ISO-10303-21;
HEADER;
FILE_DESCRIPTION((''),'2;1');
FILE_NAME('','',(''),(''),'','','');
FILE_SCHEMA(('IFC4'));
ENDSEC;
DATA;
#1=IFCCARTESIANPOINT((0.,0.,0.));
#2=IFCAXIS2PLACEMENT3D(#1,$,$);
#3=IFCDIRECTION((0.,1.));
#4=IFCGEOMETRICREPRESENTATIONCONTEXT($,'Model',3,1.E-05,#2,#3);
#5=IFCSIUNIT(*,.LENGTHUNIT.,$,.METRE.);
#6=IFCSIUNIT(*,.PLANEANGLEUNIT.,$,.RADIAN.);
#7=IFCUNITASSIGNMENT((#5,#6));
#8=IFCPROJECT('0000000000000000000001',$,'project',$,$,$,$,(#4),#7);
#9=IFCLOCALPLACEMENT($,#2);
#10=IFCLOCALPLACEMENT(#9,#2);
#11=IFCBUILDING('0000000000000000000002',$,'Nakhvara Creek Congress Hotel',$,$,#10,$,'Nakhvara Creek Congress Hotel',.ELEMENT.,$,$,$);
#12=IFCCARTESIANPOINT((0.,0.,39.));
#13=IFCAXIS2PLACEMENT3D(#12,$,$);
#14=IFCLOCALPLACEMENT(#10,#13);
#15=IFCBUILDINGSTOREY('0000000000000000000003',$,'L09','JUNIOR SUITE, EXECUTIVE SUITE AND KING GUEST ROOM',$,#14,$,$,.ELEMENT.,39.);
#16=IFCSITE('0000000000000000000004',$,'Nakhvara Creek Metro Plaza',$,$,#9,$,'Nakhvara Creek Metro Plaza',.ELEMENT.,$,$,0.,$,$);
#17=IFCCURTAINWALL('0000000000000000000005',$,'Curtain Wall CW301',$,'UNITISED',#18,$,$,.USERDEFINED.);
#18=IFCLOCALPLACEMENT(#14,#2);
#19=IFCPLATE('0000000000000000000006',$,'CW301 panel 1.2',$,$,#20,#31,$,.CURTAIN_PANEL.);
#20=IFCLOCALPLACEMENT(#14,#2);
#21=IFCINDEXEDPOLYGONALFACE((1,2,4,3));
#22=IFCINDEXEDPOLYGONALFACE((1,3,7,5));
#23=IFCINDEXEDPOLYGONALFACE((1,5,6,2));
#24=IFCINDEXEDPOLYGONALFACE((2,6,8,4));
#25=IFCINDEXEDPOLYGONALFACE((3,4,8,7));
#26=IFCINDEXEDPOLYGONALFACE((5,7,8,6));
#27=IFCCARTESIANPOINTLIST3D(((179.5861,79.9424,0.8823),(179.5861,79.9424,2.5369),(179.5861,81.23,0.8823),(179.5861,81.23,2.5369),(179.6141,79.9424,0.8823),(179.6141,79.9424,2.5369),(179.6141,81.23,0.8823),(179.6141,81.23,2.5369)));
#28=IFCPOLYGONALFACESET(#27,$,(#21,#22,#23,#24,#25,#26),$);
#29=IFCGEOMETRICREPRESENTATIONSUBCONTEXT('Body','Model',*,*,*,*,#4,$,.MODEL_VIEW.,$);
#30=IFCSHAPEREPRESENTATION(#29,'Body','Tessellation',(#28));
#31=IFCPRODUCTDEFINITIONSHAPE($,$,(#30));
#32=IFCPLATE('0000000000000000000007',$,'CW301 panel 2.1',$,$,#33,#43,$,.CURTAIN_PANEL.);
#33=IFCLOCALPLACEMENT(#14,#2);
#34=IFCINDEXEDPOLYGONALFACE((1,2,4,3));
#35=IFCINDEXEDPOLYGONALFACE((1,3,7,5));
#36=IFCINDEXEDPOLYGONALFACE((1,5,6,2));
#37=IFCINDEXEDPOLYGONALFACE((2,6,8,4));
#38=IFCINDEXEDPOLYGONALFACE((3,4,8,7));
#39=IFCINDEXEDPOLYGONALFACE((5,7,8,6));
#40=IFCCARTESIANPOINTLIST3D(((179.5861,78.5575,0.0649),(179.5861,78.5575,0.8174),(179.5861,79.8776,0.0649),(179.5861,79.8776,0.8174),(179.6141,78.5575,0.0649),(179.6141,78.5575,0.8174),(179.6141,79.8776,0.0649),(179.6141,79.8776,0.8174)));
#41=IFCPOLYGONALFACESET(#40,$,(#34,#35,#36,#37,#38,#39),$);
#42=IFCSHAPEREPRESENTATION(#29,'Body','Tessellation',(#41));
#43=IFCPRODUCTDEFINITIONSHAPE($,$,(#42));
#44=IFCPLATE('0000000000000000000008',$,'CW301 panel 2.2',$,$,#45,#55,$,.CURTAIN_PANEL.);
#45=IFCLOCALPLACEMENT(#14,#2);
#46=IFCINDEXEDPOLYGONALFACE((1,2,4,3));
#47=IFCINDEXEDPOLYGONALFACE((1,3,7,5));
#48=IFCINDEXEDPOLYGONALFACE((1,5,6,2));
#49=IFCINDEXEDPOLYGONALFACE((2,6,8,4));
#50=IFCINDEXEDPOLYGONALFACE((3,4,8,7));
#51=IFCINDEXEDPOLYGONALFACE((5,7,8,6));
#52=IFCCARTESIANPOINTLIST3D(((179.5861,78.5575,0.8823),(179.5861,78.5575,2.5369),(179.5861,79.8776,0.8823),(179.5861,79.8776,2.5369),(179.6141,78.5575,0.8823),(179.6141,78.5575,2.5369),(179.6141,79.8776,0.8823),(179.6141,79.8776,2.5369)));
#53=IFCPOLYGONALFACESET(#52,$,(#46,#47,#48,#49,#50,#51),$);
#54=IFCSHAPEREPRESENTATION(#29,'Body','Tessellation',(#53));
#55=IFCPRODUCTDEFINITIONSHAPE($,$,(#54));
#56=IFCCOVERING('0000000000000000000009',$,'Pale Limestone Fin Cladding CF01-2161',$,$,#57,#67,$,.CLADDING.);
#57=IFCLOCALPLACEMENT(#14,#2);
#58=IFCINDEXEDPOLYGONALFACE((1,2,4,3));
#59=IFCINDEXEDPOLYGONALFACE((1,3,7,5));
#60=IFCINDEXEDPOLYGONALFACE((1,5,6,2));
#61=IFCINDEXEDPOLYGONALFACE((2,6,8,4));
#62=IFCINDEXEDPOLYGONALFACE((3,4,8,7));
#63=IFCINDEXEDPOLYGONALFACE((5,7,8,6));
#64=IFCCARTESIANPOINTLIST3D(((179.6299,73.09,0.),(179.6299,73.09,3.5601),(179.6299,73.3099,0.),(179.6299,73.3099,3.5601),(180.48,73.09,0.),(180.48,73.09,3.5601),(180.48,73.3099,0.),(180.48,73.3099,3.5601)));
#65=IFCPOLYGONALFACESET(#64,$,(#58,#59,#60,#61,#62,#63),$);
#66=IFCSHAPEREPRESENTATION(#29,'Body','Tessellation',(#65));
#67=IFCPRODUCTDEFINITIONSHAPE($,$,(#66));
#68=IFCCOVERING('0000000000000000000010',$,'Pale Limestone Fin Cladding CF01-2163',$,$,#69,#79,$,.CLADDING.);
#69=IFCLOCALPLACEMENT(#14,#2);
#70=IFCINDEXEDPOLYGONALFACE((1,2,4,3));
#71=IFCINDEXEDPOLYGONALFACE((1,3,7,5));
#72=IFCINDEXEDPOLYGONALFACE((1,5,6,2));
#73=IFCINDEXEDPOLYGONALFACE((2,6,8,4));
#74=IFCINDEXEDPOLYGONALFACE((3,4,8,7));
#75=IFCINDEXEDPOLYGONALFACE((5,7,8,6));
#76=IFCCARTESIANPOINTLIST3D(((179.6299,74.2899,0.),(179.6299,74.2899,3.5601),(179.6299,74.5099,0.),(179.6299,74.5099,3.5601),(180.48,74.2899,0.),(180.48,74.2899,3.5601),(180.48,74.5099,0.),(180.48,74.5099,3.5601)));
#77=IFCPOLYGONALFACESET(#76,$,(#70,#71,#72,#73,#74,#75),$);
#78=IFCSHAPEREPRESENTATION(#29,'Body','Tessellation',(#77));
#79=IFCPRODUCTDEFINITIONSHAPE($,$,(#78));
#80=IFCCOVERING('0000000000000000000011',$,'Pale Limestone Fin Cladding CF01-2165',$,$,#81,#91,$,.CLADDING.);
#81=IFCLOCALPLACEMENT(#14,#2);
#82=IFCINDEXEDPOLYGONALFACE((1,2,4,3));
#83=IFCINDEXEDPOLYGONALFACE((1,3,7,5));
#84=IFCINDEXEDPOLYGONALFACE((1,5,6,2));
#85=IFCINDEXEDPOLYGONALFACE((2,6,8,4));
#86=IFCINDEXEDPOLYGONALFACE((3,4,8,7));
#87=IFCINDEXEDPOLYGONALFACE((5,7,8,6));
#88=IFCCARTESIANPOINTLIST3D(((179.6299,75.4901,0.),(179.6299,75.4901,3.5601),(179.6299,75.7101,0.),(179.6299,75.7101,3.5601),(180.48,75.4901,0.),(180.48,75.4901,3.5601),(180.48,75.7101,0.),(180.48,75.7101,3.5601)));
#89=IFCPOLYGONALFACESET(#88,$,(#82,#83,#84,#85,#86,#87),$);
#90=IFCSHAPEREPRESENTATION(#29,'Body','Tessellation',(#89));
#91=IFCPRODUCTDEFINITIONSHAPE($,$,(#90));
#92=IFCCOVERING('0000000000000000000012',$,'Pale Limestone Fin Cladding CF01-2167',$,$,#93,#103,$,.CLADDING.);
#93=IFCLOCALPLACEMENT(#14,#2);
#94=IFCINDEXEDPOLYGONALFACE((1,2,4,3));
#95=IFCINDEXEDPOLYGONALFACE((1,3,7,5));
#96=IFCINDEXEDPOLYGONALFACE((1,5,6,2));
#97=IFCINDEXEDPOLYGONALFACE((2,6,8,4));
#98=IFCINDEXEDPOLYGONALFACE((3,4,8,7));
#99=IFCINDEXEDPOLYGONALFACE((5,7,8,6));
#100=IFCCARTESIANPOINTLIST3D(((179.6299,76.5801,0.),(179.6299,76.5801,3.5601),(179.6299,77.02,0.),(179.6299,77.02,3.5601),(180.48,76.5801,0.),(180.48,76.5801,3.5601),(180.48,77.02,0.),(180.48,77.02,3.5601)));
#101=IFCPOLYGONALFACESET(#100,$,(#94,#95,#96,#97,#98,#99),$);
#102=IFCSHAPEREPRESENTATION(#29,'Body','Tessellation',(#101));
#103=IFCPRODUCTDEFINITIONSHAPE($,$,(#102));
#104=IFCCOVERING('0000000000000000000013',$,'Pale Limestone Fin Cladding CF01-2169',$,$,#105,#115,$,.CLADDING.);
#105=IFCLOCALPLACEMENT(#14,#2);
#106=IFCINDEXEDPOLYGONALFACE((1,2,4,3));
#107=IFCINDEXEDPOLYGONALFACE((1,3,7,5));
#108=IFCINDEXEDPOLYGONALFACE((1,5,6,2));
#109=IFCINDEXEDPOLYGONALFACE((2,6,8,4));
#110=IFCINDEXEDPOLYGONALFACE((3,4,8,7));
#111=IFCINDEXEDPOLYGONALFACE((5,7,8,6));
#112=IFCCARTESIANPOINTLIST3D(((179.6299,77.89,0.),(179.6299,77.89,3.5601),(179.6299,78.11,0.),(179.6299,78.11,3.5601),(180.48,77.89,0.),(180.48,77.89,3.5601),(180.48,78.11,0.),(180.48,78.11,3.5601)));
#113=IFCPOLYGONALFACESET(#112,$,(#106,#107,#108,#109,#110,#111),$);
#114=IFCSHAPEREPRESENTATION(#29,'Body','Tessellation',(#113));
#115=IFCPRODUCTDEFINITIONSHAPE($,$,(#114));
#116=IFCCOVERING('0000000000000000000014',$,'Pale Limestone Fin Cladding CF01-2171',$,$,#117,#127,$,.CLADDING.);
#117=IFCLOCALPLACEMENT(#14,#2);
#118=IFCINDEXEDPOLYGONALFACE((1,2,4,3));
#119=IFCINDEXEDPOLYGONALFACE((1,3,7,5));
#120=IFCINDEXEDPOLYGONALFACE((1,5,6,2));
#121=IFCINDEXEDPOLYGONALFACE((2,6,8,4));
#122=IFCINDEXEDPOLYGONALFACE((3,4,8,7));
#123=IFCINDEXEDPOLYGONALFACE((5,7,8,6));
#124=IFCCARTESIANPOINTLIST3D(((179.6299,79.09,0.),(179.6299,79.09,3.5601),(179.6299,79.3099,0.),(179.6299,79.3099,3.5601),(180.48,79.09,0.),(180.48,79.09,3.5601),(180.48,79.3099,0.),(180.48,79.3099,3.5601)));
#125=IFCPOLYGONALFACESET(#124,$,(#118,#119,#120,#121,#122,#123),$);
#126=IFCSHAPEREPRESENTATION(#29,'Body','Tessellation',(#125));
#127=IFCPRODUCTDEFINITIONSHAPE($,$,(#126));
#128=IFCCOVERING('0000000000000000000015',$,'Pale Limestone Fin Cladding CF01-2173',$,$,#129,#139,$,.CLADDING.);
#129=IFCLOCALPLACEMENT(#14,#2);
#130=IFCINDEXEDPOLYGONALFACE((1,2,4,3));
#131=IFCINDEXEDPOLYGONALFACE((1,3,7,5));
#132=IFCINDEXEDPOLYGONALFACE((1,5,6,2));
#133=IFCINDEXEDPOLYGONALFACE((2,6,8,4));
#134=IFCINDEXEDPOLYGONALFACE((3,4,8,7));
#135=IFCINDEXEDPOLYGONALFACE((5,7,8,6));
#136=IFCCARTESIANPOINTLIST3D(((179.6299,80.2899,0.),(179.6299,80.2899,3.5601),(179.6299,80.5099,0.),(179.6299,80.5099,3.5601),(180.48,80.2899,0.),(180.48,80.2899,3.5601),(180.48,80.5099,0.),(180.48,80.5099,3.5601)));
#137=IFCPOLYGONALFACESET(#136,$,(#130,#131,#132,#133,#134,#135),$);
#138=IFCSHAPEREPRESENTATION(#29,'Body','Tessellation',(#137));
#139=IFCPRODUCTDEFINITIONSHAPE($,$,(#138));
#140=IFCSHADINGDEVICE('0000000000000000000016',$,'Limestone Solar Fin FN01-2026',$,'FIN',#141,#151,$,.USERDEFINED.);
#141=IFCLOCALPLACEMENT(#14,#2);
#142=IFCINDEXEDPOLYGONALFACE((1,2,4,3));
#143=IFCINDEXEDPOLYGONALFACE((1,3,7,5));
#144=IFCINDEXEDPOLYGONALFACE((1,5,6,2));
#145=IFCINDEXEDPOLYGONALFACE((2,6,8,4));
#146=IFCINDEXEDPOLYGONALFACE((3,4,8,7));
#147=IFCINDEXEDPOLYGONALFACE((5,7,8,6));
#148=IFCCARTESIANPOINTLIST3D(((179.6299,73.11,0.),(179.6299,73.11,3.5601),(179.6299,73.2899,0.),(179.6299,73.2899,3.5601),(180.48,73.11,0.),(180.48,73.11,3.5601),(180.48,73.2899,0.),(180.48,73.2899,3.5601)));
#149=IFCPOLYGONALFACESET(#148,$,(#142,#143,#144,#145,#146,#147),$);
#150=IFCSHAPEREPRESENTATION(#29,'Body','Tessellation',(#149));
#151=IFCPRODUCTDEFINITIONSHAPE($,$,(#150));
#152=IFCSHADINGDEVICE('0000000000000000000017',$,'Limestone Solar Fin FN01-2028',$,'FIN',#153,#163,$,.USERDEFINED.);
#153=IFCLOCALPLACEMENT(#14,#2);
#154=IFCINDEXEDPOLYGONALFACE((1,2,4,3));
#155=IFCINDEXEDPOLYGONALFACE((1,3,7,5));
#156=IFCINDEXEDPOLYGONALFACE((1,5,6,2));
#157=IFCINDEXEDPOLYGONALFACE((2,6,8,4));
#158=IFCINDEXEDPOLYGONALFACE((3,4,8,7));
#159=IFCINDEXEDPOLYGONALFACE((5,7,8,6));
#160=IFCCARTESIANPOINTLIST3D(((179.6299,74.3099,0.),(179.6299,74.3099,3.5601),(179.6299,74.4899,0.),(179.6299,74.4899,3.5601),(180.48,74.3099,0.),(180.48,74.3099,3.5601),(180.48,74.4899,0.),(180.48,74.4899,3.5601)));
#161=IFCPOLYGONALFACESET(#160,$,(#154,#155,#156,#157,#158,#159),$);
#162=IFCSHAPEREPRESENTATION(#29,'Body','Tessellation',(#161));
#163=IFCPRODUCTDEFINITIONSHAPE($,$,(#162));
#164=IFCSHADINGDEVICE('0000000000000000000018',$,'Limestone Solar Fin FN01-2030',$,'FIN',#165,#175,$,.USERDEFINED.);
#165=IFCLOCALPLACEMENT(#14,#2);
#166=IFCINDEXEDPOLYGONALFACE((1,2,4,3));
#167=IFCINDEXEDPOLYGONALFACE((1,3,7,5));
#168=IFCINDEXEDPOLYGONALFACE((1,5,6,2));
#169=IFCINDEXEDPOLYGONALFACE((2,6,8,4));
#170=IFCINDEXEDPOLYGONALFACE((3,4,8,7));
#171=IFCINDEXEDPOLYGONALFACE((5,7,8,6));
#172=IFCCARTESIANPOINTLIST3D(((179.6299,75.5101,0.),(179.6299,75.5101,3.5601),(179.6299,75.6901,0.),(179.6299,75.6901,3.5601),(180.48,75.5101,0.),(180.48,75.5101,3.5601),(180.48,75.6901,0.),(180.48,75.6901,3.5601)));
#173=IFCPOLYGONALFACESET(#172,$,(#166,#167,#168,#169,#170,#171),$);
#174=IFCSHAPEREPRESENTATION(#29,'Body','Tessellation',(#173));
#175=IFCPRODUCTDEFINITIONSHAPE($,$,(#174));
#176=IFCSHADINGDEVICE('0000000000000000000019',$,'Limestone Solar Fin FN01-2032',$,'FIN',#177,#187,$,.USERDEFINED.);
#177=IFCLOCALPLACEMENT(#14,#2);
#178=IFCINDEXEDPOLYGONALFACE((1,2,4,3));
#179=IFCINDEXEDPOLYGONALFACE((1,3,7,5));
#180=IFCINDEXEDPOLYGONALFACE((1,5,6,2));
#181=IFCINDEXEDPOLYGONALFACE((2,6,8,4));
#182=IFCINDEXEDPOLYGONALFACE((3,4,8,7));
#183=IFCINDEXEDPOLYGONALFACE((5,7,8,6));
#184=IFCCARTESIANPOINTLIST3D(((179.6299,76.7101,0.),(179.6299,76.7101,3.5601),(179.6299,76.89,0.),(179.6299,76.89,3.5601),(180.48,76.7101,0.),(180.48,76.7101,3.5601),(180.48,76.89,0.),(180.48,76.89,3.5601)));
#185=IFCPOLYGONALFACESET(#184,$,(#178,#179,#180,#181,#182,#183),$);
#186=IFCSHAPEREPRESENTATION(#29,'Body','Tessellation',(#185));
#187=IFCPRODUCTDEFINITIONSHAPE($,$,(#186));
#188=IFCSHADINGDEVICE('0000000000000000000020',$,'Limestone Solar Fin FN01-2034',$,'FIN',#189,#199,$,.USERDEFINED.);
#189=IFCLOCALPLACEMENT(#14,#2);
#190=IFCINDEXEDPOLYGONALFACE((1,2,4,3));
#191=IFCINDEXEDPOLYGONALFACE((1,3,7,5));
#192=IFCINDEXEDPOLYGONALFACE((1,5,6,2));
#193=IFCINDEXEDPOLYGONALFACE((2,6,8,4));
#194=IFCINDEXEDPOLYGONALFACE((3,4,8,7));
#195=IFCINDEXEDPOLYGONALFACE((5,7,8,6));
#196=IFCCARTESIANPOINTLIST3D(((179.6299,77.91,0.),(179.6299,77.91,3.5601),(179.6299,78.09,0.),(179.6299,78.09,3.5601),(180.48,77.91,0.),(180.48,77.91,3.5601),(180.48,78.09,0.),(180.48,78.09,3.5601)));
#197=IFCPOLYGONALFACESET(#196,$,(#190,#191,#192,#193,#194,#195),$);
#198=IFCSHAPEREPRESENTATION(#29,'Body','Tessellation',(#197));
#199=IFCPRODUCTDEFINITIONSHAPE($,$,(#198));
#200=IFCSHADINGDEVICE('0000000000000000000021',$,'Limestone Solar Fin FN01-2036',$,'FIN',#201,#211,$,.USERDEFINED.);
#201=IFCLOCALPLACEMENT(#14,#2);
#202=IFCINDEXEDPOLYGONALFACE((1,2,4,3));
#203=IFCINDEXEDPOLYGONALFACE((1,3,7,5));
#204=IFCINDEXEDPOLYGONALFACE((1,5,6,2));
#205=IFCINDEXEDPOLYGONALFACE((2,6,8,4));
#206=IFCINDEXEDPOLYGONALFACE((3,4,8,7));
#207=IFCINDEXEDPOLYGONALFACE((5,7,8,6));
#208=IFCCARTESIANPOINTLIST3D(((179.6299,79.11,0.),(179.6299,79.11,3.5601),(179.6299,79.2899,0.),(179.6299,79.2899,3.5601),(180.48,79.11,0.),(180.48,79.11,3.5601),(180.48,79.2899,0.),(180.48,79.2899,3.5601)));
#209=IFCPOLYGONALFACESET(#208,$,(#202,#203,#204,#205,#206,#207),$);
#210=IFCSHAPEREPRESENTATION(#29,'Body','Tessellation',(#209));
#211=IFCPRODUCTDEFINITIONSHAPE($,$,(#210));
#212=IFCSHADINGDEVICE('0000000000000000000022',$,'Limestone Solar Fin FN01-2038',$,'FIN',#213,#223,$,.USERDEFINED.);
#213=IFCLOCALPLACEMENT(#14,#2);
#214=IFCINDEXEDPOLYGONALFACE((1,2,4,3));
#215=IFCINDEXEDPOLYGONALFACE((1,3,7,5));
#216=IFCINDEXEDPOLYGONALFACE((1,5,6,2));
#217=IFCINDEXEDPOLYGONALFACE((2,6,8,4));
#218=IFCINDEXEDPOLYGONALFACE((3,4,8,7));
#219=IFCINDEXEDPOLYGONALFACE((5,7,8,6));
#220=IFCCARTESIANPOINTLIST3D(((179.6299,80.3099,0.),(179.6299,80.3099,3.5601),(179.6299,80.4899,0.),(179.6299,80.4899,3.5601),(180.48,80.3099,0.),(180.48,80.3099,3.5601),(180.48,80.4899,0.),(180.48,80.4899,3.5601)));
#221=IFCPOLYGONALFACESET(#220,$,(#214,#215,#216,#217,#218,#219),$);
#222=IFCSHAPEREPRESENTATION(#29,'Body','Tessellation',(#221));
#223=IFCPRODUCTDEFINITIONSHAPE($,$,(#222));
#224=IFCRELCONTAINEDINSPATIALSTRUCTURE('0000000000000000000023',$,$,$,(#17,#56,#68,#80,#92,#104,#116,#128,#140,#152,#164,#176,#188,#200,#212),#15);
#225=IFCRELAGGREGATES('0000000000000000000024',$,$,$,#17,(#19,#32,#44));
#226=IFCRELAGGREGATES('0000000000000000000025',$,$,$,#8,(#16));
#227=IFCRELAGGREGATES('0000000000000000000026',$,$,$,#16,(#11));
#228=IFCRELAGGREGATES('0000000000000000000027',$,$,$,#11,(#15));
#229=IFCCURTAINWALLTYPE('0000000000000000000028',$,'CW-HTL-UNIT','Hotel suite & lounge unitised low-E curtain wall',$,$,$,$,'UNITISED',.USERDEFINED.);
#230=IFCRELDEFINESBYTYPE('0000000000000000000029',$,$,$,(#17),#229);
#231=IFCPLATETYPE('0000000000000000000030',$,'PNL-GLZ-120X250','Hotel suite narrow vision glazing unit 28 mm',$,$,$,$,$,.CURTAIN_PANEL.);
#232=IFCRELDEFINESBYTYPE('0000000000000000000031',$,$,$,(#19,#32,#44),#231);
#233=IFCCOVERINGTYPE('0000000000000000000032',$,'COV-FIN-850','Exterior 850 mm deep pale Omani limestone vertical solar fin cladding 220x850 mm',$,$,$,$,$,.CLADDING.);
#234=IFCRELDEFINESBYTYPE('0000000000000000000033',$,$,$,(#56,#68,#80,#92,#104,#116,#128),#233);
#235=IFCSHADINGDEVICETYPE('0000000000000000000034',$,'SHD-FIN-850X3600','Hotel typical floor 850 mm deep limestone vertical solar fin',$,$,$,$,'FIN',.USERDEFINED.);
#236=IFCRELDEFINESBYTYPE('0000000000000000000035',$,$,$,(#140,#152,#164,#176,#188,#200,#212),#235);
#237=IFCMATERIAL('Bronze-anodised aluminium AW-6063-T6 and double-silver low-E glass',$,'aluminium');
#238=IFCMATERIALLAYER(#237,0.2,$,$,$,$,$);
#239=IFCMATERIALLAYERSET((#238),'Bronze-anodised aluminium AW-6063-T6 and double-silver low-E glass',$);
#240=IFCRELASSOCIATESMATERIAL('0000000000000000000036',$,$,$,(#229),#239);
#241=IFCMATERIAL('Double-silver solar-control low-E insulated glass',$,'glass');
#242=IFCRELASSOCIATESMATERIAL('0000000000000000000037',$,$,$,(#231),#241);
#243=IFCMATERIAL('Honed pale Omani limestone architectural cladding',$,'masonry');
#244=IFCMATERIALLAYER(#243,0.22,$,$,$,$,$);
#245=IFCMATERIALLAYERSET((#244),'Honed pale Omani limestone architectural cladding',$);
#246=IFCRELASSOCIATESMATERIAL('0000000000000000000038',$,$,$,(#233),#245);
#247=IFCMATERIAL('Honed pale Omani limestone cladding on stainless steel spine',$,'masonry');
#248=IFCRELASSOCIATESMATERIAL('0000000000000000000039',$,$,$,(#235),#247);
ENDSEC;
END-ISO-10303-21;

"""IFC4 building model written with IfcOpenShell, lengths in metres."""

from ifc_helpers import new_model, si_unit, direction, frame, origin, origin_2d, place, context, subcontext, project, spatial, rectangle, extrude, material, layer, layer_set, type_object, element, aggregate, save


model = new_model("IFC4")

# Units and contexts
model_context = context("Model", 3, precision=1e-05, world=origin(), true_north=direction((0.0, 1.0)))
body_context = subcontext(model_context, "Body", "Model", "MODEL_VIEW")
ifc_project = project(units=[si_unit("LENGTHUNIT", "METRE"), si_unit("PLANEANGLEUNIT", "RADIAN")], contexts=[model_context])

# Site, building, storey
site_placement = place(None, origin())
site = spatial("IfcSite", under=ifc_project, at=site_placement, Name="Nakhvara Creek Metro Plaza", LongName="Nakhvara Creek Metro Plaza", CompositionType="ELEMENT", RefElevation=0.0)
building_placement = place(site_placement, origin())
building = spatial("IfcBuilding", under=site, at=building_placement, Name="Nakhvara Creek Congress Hotel", LongName="Nakhvara Creek Congress Hotel", CompositionType="ELEMENT")
storey_placement = place(building_placement, frame((0.0, 0.0, 39.0)))
storey = spatial("IfcBuildingStorey", under=building, at=storey_placement, Name="L09", Description="JUNIOR SUITE, EXECUTIVE SUITE AND KING GUEST ROOM", CompositionType="ELEMENT", Elevation=39.0)

# Curtain wall, plates
ifc_material_1 = material(Name="Bronze-anodised aluminium AW-6063-T6 and double-silver low-E glass", Category="aluminium")
ifc_layer_1 = layer(ifc_material_1, 0.2)
ifc_layer_set_1 = layer_set([ifc_layer_1], Name="Bronze-anodised aluminium AW-6063-T6 and double-silver low-E glass")
curtain_wall_type = type_object("IfcCurtainWallType", Name="CW-HTL-UNIT", Description="Hotel suite & lounge unitised low-E curtain wall", ElementType="UNITISED", PredefinedType="USERDEFINED", material=ifc_layer_set_1)
curtain_wall_placement = place(storey_placement, origin())
curtain_wall = element("IfcCurtainWall", 1, at=curtain_wall_placement, inside=storey, type_object=curtain_wall_type, Name="Curtain Wall CW301", ObjectType="UNITISED", PredefinedType="USERDEFINED")
ifc_material_2 = material(Name="Double-silver solar-control low-E insulated glass", Category="glass")
plate_type = type_object("IfcPlateType", Name="PNL-GLZ-120X250", Description="Hotel suite narrow vision glazing unit 28 mm", PredefinedType="CURTAIN_PANEL", material=ifc_material_2)
plate_1_placement = place(storey_placement, frame((179.6001, 80.5862, 0.8823), z_axis=(0.0, 0.0, 1.0), x_axis=(0.0, -1.0, 0.0)))
plate_1 = element("IfcPlate", 2, at=plate_1_placement, type_object=plate_type, Name="CW301 panel 1.2", PredefinedType="CURTAIN_PANEL", context=body_context, shape_type="SweptSolid", body=[
    extrude(rectangle(XDim=1.2876, YDim=0.0281, at=origin_2d()), origin(), (0.0, 0.0, 1.0), 1.6545),
])
plate_2_placement = place(storey_placement, frame((179.6001, 79.2175, 0.0649), z_axis=(0.0, 0.0, 1.0), x_axis=(0.0, -1.0, 0.0)))
plate_2 = element("IfcPlate", 3, at=plate_2_placement, type_object=plate_type, Name="CW301 panel 2.1", PredefinedType="CURTAIN_PANEL", context=body_context, shape_type="SweptSolid", body=[
    extrude(rectangle(XDim=1.3201, YDim=0.0281, at=origin_2d()), origin(), (0.0, 0.0, 1.0), 0.7524),
])
plate_3_placement = place(storey_placement, frame((179.6001, 79.2175, 0.8823), z_axis=(0.0, 0.0, 1.0), x_axis=(0.0, -1.0, 0.0)))
plate_3 = element("IfcPlate", 4, at=plate_3_placement, type_object=plate_type, Name="CW301 panel 2.2", PredefinedType="CURTAIN_PANEL", context=body_context, shape_type="SweptSolid", body=[
    extrude(rectangle(XDim=1.3201, YDim=0.0281, at=origin_2d()), origin(), (0.0, 0.0, 1.0), 1.6545),
])
aggregate(curtain_wall, [plate_1, plate_2, plate_3])

# Coverings
ifc_material_3 = material(Name="Honed pale Omani limestone architectural cladding", Category="masonry")
ifc_layer_2 = layer(ifc_material_3, 0.22)
ifc_layer_set_2 = layer_set([ifc_layer_2], Name="Honed pale Omani limestone architectural cladding")
covering_type = type_object("IfcCoveringType", Name="COV-FIN-850", Description="Exterior 850 mm deep pale Omani limestone vertical solar fin cladding 220x850 mm", PredefinedType="CLADDING", material=ifc_layer_set_2)
for number, where, z_axis, x_axis, name in (
    (5, (180.0549, 73.2, 0.0), (0.0, 0.0, 1.0), (0.0, 1.0, 0.0), "Pale Limestone Fin Cladding CF01-2161"),
    (6, (180.0549, 74.3999, 0.0), (0.0, 0.0, 1.0), (0.0, 1.0, 0.0), "Pale Limestone Fin Cladding CF01-2163"),
    (7, (180.0549, 75.6001, 0.0), (0.0, 0.0, 1.0), (0.0, 1.0, 0.0), "Pale Limestone Fin Cladding CF01-2165"),
):
    element("IfcCovering", number, at=place(storey_placement, frame(where, z_axis=z_axis, x_axis=x_axis)), inside=storey, type_object=covering_type, Name=name, PredefinedType="CLADDING", context=body_context, shape_type="SweptSolid", body=[
        extrude(rectangle(XDim=0.22, YDim=0.8501, at=origin_2d()), origin(), (0.0, 0.0, 1.0), 3.5601),
    ])
covering_placement = place(storey_placement, frame((180.0549, 76.8, 0.0), z_axis=(0.0, 0.0, 1.0), x_axis=(0.0, 1.0, 0.0)))
element("IfcCovering", 8, at=covering_placement, inside=storey, type_object=covering_type, Name="Pale Limestone Fin Cladding CF01-2167", PredefinedType="CLADDING", context=body_context, shape_type="SweptSolid", body=[
    extrude(rectangle(XDim=0.4399, YDim=0.8501, at=origin_2d()), origin(), (0.0, 0.0, 1.0), 3.5601),
])
for number, where, z_axis, x_axis, name in (
    (9, (180.0549, 78.0, 0.0), (0.0, 0.0, 1.0), (0.0, 1.0, 0.0), "Pale Limestone Fin Cladding CF01-2169"),
    (10, (180.0549, 79.2, 0.0), (0.0, 0.0, 1.0), (0.0, 1.0, 0.0), "Pale Limestone Fin Cladding CF01-2171"),
    (11, (180.0549, 80.3999, 0.0), (0.0, 0.0, 1.0), (0.0, 1.0, 0.0), "Pale Limestone Fin Cladding CF01-2173"),
):
    element("IfcCovering", number, at=place(storey_placement, frame(where, z_axis=z_axis, x_axis=x_axis)), inside=storey, type_object=covering_type, Name=name, PredefinedType="CLADDING", context=body_context, shape_type="SweptSolid", body=[
        extrude(rectangle(XDim=0.22, YDim=0.8501, at=origin_2d()), origin(), (0.0, 0.0, 1.0), 3.5601),
    ])

# Shading devices
ifc_material_4 = material(Name="Honed pale Omani limestone cladding on stainless steel spine", Category="masonry")
shading_device_type = type_object("IfcShadingDeviceType", Name="SHD-FIN-850X3600", Description="Hotel typical floor 850 mm deep limestone vertical solar fin", ElementType="FIN", PredefinedType="USERDEFINED", material=ifc_material_4)
for number, where, z_axis, x_axis, name in (
    (12, (180.0549, 73.2, 0.0), (0.0, 0.0, 1.0), (0.0, 1.0, 0.0), "Limestone Solar Fin FN01-2026"),
    (13, (180.0549, 74.3999, 0.0), (0.0, 0.0, 1.0), (0.0, 1.0, 0.0), "Limestone Solar Fin FN01-2028"),
    (14, (180.0549, 75.6001, 0.0), (0.0, 0.0, 1.0), (0.0, 1.0, 0.0), "Limestone Solar Fin FN01-2030"),
    (15, (180.0549, 76.8, 0.0), (0.0, 0.0, 1.0), (0.0, 1.0, 0.0), "Limestone Solar Fin FN01-2032"),
    (16, (180.0549, 78.0, 0.0), (0.0, 0.0, 1.0), (0.0, 1.0, 0.0), "Limestone Solar Fin FN01-2034"),
    (17, (180.0549, 79.2, 0.0), (0.0, 0.0, 1.0), (0.0, 1.0, 0.0), "Limestone Solar Fin FN01-2036"),
    (18, (180.0549, 80.3999, 0.0), (0.0, 0.0, 1.0), (0.0, 1.0, 0.0), "Limestone Solar Fin FN01-2038"),
):
    element("IfcShadingDevice", number, at=place(storey_placement, frame(where, z_axis=z_axis, x_axis=x_axis)), inside=storey, type_object=shading_device_type, Name=name, ObjectType="FIN", PredefinedType="USERDEFINED", context=body_context, shape_type="SweptSolid", body=[
        extrude(rectangle(XDim=0.1799, YDim=0.8501, at=origin_2d()), origin(), (0.0, 0.0, 1.0), 3.5601),
    ])

save(model, "model.ifc")
